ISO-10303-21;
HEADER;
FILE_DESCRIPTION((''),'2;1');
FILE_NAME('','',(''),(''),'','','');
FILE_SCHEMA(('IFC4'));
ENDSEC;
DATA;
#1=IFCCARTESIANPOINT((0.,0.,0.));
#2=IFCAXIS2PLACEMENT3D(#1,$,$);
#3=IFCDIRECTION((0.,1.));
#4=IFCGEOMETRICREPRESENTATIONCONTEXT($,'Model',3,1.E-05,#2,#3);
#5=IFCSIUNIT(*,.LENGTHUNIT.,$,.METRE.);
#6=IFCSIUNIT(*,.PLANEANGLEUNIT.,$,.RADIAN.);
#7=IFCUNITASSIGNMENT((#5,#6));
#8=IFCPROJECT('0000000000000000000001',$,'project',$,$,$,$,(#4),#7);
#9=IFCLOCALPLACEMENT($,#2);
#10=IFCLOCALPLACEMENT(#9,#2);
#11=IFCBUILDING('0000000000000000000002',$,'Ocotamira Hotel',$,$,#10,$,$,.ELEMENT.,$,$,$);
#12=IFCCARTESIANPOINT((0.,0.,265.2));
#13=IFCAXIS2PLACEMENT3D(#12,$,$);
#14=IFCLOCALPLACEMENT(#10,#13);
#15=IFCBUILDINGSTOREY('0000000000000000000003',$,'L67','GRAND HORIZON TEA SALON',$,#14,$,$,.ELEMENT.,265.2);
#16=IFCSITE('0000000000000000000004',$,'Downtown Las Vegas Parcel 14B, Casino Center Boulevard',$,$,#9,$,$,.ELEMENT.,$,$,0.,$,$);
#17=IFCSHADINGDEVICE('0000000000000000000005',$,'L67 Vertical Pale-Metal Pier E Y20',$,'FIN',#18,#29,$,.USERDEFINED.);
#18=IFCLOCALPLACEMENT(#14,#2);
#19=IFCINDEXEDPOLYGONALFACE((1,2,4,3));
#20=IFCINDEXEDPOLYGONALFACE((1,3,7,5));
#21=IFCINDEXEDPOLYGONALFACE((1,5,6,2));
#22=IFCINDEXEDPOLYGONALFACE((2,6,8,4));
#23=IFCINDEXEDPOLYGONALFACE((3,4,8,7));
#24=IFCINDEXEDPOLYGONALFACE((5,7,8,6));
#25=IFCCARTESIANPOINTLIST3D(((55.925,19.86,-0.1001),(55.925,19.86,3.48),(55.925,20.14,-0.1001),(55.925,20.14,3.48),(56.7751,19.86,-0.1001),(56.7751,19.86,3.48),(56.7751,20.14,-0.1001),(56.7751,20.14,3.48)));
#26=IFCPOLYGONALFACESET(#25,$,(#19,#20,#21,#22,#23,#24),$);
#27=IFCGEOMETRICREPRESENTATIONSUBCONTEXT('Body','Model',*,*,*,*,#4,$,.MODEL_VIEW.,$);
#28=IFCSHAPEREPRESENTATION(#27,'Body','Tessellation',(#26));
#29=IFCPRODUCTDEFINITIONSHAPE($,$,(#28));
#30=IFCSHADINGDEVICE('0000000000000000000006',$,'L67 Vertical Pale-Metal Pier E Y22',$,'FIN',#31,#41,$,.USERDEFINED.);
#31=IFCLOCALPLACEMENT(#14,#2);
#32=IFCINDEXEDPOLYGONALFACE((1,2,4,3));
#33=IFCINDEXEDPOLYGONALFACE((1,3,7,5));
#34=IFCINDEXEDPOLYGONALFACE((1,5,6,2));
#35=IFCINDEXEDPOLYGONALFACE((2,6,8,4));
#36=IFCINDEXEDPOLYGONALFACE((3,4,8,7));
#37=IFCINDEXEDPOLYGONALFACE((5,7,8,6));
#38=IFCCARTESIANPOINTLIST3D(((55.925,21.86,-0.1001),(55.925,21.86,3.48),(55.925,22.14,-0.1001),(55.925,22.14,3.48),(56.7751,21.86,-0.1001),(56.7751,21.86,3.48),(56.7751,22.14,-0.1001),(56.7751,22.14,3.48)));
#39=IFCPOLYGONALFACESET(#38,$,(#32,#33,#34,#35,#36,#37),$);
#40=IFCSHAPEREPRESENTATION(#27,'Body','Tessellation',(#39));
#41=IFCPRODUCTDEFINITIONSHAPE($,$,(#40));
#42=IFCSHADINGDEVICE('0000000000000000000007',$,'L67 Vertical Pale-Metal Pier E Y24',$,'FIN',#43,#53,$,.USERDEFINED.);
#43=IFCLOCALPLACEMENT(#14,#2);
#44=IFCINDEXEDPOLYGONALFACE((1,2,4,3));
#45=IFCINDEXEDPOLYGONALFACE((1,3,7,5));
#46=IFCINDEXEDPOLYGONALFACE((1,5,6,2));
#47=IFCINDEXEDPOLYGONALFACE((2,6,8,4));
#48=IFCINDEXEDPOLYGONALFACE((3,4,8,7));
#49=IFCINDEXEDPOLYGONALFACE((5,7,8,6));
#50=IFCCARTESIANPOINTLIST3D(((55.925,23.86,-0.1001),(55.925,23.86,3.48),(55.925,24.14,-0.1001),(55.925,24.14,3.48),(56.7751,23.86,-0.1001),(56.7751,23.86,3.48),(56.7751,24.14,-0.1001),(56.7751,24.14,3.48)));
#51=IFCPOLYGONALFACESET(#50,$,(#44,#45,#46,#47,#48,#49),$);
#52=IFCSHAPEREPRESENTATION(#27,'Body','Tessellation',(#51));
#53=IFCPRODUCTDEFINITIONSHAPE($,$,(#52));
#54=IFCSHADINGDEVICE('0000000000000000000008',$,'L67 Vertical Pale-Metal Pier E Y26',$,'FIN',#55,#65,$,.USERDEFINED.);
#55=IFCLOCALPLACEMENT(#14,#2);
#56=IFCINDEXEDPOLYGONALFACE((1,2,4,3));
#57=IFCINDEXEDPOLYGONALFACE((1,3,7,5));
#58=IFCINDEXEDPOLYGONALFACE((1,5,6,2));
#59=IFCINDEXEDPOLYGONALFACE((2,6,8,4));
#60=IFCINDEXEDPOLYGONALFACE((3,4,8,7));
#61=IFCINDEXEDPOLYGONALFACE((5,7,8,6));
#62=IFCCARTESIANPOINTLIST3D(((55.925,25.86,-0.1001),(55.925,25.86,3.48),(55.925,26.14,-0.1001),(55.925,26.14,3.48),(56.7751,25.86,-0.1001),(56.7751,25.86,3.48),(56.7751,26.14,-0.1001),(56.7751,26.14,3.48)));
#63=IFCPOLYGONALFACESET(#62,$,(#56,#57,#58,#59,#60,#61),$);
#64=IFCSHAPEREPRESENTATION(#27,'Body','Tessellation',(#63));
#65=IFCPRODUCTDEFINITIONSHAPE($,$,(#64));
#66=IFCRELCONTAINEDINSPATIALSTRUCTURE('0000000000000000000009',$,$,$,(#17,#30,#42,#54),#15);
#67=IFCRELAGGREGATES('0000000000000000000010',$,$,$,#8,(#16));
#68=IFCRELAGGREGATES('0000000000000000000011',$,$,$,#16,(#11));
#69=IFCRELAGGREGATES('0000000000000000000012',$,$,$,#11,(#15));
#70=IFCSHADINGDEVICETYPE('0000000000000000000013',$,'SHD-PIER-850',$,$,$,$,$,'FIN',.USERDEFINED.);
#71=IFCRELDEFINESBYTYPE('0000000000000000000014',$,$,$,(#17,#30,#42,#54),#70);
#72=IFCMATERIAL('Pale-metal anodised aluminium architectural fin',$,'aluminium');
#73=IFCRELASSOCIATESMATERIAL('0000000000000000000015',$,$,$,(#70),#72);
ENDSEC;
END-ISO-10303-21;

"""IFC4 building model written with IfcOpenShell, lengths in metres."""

from ifc_helpers import new_model, si_unit, direction, frame, origin, origin_2d, place, context, subcontext, project, spatial, rectangle, extrude, source, transform, mapped, material, type_object, element, save


model = new_model("IFC4")

# Units and contexts
model_context = context("Model", 3, precision=1e-05, world=origin(), true_north=direction((0.0, 1.0)))
body_context = subcontext(model_context, "Body", "Model", "MODEL_VIEW")
ifc_project = project(units=[si_unit("LENGTHUNIT", "METRE"), si_unit("PLANEANGLEUNIT", "RADIAN")], contexts=[model_context])

# Site, building, storey
site_placement = place(None, origin())
site = spatial("IfcSite", under=ifc_project, at=site_placement, Name="Downtown Las Vegas Parcel 14B, Casino Center Boulevard", CompositionType="ELEMENT", RefElevation=0.0)
building_placement = place(site_placement, origin())
building = spatial("IfcBuilding", under=site, at=building_placement, Name="Ocotamira Hotel", CompositionType="ELEMENT")
storey_placement = place(building_placement, frame((0.0, 0.0, 265.2)))
storey = spatial("IfcBuildingStorey", under=building, at=storey_placement, Name="L67", Description="GRAND HORIZON TEA SALON", CompositionType="ELEMENT", Elevation=265.2)

# Shading devices
ifc_material_1 = material(Name="Pale-metal anodised aluminium architectural fin", Category="aluminium")
shading_device_type = type_object("IfcShadingDeviceType", Name="SHD-PIER-850", ElementType="FIN", PredefinedType="USERDEFINED", material=ifc_material_1)
shared_shape_1 = source(origin(), body_context, "Body", "SweptSolid", [
    extrude(rectangle(XDim=0.8501, YDim=0.28, at=origin_2d()), origin(), (0.0, 0.0, 1.0), 3.5801),
])
for number, where, z_axis, x_axis, name in (
    (1, (56.3501, 20.0, -0.1001), (0.0, 0.0, 1.0), (1.0, 0.0, 0.0), "L67 Vertical Pale-Metal Pier E Y20"),
    (2, (56.3501, 22.0, -0.1001), (0.0, 0.0, 1.0), (1.0, 0.0, 0.0), "L67 Vertical Pale-Metal Pier E Y22"),
    (3, (56.3501, 24.0, -0.1001), (0.0, 0.0, 1.0), (1.0, 0.0, 0.0), "L67 Vertical Pale-Metal Pier E Y24"),
    (4, (56.3501, 26.0, -0.1001), (0.0, 0.0, 1.0), (1.0, 0.0, 0.0), "L67 Vertical Pale-Metal Pier E Y26"),
):
    element("IfcShadingDevice", number, at=place(storey_placement, frame(where, z_axis=z_axis, x_axis=x_axis)), inside=storey, type_object=shading_device_type, Name=name, ObjectType="FIN", PredefinedType="USERDEFINED", context=body_context, shape_type="MappedRepresentation", body=[
        mapped(shared_shape_1, transform((0.0, 0.0, 0.0), scale=1.0)),
    ])

save(model, "model.ifc")
